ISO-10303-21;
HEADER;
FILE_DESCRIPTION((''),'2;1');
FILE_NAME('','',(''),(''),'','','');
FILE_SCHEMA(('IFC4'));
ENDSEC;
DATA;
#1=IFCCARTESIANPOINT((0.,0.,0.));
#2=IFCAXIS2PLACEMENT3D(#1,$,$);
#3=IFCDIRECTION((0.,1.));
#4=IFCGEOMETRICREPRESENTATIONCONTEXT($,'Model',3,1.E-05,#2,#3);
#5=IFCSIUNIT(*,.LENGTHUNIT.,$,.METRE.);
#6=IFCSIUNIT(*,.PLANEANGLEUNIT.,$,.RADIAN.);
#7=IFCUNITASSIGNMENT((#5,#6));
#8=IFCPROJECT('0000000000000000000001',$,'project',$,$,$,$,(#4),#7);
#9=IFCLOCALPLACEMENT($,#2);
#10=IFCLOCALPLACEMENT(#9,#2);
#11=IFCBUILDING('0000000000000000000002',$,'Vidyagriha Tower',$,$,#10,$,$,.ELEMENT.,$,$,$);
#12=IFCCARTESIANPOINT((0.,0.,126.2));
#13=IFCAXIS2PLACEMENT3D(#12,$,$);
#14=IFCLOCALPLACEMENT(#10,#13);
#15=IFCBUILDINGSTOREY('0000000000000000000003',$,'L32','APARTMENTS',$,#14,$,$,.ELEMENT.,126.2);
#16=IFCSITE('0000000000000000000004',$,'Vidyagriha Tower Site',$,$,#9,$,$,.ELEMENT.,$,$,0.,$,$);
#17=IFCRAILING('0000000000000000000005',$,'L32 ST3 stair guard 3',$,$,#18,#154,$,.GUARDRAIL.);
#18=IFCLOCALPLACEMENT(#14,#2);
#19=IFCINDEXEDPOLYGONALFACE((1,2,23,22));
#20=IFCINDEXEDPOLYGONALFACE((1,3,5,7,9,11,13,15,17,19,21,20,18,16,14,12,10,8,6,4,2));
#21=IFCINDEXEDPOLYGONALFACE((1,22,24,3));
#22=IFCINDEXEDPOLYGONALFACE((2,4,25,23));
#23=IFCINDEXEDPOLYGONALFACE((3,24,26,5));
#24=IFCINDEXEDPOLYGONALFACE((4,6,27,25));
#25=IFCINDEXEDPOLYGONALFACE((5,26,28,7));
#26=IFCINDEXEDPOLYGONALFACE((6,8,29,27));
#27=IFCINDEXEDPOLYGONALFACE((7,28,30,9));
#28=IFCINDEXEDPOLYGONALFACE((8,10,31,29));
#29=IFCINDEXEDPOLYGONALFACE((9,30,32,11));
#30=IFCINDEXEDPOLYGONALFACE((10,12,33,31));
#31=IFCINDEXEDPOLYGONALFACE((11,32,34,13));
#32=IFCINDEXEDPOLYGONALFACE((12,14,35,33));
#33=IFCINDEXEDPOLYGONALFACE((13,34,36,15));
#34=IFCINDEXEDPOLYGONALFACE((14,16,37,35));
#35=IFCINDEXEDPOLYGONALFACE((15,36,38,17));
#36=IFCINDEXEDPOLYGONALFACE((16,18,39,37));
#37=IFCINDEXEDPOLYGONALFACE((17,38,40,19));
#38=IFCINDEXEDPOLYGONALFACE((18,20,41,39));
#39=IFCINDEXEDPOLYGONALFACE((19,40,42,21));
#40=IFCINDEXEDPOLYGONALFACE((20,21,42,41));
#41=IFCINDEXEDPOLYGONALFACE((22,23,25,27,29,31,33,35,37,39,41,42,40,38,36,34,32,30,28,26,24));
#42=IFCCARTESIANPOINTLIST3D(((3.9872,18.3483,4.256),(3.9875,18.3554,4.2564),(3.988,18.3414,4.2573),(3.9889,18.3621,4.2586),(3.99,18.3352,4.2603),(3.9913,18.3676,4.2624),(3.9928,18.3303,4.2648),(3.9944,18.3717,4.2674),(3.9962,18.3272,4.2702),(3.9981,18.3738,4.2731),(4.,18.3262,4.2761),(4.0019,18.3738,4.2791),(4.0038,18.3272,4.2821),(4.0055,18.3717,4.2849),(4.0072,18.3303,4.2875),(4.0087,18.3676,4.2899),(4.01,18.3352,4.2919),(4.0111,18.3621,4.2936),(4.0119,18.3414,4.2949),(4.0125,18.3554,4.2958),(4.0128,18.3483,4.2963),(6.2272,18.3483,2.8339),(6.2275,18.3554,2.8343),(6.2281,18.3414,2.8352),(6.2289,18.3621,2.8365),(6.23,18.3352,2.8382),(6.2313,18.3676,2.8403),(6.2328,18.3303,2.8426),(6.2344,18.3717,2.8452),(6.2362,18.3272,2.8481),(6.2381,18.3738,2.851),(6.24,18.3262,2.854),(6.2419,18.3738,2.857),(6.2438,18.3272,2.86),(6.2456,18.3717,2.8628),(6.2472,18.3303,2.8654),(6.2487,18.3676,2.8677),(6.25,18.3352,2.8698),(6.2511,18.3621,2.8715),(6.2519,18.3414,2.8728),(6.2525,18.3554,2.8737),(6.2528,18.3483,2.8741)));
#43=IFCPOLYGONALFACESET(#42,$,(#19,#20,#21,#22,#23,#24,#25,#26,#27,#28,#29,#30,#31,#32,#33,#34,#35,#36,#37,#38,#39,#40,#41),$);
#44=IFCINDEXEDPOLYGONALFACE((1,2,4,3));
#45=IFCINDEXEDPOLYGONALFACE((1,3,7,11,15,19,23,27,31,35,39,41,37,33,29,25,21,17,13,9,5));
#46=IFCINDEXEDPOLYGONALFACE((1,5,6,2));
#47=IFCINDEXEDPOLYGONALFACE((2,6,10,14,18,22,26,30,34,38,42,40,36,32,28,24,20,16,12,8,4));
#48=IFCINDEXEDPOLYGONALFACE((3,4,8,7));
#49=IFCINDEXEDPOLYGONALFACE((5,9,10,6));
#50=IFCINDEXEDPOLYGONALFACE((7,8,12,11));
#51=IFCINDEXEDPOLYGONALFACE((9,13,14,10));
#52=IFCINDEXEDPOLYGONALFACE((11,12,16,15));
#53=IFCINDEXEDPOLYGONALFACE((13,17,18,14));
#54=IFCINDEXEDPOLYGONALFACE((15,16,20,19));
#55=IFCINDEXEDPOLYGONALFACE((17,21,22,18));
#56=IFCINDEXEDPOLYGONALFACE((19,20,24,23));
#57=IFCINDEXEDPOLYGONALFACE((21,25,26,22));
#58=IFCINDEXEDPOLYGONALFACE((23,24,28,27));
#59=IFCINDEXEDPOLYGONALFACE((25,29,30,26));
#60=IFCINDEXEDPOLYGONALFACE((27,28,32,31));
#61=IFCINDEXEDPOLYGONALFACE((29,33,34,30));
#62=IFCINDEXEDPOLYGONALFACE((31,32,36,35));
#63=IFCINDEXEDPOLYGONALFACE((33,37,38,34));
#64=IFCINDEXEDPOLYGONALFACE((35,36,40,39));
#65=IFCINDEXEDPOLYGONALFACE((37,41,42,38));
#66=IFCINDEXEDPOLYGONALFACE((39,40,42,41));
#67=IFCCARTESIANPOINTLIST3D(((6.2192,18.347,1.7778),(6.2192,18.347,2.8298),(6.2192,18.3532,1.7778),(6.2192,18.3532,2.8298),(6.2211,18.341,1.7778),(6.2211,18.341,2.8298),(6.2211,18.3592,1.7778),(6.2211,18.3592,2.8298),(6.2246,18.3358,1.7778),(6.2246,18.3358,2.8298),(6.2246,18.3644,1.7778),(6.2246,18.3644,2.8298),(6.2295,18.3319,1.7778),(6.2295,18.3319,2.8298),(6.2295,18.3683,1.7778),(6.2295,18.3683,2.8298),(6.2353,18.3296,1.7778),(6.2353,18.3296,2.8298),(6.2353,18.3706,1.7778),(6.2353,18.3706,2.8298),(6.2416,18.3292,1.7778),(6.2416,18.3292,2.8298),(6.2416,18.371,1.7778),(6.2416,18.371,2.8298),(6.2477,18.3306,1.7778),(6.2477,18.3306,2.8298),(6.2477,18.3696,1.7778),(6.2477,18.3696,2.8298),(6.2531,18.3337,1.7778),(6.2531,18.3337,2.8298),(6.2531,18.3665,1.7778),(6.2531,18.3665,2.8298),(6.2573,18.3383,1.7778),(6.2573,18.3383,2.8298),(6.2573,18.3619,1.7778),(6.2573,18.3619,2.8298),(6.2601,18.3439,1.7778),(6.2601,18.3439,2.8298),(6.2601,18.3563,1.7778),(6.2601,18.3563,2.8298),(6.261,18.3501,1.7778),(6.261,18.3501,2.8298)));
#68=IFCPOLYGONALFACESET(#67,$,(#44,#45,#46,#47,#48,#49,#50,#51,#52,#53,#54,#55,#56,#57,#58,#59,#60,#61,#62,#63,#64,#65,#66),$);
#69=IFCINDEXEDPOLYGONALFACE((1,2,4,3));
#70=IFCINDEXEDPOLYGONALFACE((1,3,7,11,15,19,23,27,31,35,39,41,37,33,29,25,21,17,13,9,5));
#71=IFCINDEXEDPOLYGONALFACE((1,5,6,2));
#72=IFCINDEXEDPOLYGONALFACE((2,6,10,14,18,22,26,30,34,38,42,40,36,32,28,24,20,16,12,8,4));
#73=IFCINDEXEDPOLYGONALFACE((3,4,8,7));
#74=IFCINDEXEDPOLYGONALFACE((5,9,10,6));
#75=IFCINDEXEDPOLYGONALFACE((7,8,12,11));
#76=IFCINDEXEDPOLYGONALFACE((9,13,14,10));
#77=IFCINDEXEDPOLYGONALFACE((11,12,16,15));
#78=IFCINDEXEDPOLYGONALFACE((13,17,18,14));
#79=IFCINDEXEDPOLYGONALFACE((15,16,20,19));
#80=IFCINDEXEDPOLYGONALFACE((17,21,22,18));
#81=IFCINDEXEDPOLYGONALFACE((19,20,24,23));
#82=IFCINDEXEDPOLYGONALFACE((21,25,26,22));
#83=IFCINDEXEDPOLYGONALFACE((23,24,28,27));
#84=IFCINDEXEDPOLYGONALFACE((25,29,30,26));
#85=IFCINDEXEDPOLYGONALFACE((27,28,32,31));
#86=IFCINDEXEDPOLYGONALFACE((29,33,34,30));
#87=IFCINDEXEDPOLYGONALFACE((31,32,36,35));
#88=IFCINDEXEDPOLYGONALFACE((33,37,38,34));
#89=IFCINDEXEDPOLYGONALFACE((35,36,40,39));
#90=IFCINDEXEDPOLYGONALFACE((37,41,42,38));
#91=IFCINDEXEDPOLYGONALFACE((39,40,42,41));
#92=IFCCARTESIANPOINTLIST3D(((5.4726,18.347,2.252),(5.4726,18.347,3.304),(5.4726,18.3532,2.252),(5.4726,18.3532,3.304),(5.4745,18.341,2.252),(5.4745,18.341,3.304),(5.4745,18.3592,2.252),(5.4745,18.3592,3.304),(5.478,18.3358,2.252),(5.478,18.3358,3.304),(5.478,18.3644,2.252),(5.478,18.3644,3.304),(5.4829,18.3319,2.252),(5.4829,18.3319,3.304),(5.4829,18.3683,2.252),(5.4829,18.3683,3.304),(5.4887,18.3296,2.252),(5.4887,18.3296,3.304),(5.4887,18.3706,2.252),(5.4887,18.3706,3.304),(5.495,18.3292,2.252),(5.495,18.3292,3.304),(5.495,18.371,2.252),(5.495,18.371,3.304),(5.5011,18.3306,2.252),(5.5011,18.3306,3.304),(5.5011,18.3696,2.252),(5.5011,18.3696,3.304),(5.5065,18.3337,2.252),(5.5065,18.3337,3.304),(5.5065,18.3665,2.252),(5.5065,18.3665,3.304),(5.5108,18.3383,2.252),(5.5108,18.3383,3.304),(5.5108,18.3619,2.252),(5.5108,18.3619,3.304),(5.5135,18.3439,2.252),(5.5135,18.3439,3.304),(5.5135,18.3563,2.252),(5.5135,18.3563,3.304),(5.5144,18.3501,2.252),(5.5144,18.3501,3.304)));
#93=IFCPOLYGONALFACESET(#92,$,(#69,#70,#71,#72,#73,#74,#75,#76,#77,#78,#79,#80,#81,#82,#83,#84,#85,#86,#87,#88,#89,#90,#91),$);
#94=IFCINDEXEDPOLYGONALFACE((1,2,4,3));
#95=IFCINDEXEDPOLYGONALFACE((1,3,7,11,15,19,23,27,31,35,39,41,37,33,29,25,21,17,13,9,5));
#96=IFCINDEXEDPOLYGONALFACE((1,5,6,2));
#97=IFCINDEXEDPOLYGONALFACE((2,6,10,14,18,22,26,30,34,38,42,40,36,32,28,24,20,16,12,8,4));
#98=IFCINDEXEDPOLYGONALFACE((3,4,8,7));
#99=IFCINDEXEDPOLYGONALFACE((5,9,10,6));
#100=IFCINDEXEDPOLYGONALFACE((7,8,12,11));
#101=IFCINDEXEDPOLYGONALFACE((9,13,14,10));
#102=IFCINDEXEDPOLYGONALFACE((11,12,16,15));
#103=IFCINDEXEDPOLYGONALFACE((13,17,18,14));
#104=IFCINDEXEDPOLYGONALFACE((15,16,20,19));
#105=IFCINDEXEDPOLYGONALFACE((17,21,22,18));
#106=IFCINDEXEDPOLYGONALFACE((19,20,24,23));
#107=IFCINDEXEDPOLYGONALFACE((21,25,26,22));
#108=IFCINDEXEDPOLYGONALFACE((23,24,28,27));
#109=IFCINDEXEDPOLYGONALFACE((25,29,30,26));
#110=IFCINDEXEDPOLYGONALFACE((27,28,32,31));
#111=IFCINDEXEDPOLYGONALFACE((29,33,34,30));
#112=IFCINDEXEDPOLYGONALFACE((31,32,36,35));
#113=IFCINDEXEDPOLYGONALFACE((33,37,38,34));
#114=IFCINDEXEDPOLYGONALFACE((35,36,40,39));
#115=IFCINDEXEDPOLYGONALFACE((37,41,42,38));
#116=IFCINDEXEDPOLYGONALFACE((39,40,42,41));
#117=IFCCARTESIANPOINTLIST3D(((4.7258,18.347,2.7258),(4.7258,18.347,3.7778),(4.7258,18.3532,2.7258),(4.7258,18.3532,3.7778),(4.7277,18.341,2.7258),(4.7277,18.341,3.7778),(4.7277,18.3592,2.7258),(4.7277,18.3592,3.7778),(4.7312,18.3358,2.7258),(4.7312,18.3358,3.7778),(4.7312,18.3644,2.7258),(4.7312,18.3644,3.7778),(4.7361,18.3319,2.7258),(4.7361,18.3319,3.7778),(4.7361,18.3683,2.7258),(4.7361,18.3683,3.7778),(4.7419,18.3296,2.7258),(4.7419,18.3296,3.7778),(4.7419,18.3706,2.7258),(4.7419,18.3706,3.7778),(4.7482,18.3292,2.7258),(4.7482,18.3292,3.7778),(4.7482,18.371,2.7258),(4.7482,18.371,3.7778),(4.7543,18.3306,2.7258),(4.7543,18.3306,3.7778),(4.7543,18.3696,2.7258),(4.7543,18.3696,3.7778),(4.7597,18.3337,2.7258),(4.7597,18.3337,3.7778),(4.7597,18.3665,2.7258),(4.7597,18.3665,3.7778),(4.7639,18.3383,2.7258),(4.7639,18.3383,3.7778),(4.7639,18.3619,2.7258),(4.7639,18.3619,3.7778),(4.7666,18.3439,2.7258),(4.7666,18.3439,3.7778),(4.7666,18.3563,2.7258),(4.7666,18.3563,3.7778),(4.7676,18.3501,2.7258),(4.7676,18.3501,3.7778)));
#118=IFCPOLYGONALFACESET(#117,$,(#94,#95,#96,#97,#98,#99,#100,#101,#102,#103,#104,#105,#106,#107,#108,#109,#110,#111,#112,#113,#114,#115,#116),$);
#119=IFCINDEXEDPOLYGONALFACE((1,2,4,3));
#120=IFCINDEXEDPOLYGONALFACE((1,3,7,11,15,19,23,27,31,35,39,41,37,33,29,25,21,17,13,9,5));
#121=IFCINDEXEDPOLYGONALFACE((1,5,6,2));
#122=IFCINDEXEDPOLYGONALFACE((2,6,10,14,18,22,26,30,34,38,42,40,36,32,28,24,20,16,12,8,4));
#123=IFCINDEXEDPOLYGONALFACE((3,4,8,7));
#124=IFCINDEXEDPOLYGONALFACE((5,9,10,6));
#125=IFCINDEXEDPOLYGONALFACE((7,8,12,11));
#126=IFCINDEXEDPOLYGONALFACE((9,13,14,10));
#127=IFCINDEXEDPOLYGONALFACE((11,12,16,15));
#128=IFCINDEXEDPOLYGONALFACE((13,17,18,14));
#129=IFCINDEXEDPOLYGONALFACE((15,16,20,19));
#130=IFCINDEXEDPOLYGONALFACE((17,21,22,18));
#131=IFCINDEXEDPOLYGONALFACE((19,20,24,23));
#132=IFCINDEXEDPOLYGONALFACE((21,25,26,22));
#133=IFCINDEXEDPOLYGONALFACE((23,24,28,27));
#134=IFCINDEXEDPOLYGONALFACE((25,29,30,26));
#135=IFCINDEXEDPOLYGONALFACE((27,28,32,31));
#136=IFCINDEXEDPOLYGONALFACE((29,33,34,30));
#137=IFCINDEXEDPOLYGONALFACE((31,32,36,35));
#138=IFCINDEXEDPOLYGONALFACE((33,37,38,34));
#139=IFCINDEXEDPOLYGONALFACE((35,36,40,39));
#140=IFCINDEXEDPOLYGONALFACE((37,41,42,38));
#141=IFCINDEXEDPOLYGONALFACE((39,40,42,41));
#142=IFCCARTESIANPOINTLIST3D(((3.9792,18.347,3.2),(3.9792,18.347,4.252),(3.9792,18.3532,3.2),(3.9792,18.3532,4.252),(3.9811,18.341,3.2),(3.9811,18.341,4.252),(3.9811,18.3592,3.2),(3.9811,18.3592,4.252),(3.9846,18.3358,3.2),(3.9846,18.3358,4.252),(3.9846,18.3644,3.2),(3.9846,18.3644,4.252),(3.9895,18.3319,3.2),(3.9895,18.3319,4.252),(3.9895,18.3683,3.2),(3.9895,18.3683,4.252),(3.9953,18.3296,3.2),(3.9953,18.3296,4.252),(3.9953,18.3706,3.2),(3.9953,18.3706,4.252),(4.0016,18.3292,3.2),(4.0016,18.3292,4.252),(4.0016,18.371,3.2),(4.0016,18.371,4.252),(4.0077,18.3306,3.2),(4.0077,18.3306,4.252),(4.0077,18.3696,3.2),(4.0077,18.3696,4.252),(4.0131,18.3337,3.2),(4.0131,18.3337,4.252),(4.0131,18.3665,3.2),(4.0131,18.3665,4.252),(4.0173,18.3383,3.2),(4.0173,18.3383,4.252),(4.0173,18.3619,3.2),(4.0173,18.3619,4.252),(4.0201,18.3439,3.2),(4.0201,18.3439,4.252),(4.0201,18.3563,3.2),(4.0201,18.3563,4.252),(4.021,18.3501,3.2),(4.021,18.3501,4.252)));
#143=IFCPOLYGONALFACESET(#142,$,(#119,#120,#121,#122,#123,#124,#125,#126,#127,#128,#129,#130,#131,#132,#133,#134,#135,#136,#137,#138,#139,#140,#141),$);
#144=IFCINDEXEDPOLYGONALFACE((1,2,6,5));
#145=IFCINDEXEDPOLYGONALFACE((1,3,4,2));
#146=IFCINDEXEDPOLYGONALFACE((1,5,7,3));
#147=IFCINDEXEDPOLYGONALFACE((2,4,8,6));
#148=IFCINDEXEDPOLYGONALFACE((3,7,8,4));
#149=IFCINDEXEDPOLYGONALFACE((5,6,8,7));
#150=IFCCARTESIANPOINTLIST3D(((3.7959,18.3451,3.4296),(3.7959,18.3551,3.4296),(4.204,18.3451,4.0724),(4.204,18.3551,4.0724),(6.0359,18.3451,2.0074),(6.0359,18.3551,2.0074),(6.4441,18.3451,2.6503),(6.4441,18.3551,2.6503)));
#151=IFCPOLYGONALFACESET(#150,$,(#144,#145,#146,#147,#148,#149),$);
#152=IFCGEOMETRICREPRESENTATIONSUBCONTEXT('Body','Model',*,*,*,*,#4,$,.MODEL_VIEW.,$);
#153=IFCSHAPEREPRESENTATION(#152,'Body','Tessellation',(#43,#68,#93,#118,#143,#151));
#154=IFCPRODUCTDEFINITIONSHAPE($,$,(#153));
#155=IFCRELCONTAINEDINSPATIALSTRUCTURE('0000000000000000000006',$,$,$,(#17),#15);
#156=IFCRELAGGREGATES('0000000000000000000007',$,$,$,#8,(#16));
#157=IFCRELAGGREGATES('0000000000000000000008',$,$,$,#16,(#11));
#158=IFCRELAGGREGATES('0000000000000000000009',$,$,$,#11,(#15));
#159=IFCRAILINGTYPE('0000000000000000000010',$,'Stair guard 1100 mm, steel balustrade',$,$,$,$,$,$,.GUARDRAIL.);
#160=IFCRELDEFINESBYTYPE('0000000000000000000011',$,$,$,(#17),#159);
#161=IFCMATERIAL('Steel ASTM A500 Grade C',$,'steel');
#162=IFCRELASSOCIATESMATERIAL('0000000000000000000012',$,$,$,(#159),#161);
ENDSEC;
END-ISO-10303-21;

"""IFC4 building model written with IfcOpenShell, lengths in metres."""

from ifc_helpers import new_model, si_unit, direction, frame, origin, origin_2d, place, context, subcontext, project, spatial, rectangle, circle, extrude, material, type_object, element, save


model = new_model("IFC4")

# Units and contexts
model_context = context("Model", 3, precision=1e-05, world=origin(), true_north=direction((0.0, 1.0)))
body_context = subcontext(model_context, "Body", "Model", "MODEL_VIEW")
ifc_project = project(units=[si_unit("LENGTHUNIT", "METRE"), si_unit("PLANEANGLEUNIT", "RADIAN")], contexts=[model_context])

# Site, building, storey
site_placement = place(None, origin())
site = spatial("IfcSite", under=ifc_project, at=site_placement, Name="Vidyagriha Tower Site", CompositionType="ELEMENT", RefElevation=0.0)
building_placement = place(site_placement, origin())
building = spatial("IfcBuilding", under=site, at=building_placement, Name="Vidyagriha Tower", CompositionType="ELEMENT")
storey_placement = place(building_placement, frame((0.0, 0.0, 126.2)))
storey = spatial("IfcBuildingStorey", under=building, at=storey_placement, Name="L32", Description="APARTMENTS", CompositionType="ELEMENT", Elevation=126.2)

# Railing
ifc_material_1 = material(Name="Steel ASTM A500 Grade C", Category="steel")
railing_type_1 = type_object("IfcRailingType", Name="Stair guard 1100 mm, steel balustrade", PredefinedType="GUARDRAIL", material=ifc_material_1)
railing_1_placement = place(storey_placement, frame((6.24, 18.3501, 1.7778)))
element("IfcRailing", 1, at=railing_1_placement, inside=storey, type_object=railing_type_1, Name="L32 ST3 stair guard 3", PredefinedType="GUARDRAIL", context=body_context, shape_type="SweptSolid", body=[
    extrude(circle(Radius=0.0239, at=origin_2d()), frame((0.0, 0.0, 1.0762), z_axis=(-0.844229, 0.0, 0.535982), x_axis=(0.0, -1.0, 0.0)), (0.0, 0.0, 1.0), 2.6533),
    extrude(circle(Radius=0.021, at=origin_2d()), origin(), (0.0, 0.0, 1.0), 1.052),
    extrude(circle(Radius=0.021, at=origin_2d()), frame((-0.7466, 0.0, 0.4741)), (0.0, 0.0, 1.0), 1.052),
    extrude(circle(Radius=0.021, at=origin_2d()), frame((-1.4934, 0.0, 0.948)), (0.0, 0.0, 1.0), 1.052),
    extrude(circle(Radius=0.021, at=origin_2d()), frame((-2.24, 0.0, 1.4221)), (0.0, 0.0, 1.0), 1.052),
    extrude(rectangle(XDim=0.01, YDim=0.7615, at=origin_2d()), frame((0.0, 0.0, 0.551), z_axis=(-0.844229, 0.0, 0.535982), x_axis=(0.0, -1.0, 0.0)), (0.0, 0.0, 1.0), 2.6533),
])

save(model, "model.ifc")
